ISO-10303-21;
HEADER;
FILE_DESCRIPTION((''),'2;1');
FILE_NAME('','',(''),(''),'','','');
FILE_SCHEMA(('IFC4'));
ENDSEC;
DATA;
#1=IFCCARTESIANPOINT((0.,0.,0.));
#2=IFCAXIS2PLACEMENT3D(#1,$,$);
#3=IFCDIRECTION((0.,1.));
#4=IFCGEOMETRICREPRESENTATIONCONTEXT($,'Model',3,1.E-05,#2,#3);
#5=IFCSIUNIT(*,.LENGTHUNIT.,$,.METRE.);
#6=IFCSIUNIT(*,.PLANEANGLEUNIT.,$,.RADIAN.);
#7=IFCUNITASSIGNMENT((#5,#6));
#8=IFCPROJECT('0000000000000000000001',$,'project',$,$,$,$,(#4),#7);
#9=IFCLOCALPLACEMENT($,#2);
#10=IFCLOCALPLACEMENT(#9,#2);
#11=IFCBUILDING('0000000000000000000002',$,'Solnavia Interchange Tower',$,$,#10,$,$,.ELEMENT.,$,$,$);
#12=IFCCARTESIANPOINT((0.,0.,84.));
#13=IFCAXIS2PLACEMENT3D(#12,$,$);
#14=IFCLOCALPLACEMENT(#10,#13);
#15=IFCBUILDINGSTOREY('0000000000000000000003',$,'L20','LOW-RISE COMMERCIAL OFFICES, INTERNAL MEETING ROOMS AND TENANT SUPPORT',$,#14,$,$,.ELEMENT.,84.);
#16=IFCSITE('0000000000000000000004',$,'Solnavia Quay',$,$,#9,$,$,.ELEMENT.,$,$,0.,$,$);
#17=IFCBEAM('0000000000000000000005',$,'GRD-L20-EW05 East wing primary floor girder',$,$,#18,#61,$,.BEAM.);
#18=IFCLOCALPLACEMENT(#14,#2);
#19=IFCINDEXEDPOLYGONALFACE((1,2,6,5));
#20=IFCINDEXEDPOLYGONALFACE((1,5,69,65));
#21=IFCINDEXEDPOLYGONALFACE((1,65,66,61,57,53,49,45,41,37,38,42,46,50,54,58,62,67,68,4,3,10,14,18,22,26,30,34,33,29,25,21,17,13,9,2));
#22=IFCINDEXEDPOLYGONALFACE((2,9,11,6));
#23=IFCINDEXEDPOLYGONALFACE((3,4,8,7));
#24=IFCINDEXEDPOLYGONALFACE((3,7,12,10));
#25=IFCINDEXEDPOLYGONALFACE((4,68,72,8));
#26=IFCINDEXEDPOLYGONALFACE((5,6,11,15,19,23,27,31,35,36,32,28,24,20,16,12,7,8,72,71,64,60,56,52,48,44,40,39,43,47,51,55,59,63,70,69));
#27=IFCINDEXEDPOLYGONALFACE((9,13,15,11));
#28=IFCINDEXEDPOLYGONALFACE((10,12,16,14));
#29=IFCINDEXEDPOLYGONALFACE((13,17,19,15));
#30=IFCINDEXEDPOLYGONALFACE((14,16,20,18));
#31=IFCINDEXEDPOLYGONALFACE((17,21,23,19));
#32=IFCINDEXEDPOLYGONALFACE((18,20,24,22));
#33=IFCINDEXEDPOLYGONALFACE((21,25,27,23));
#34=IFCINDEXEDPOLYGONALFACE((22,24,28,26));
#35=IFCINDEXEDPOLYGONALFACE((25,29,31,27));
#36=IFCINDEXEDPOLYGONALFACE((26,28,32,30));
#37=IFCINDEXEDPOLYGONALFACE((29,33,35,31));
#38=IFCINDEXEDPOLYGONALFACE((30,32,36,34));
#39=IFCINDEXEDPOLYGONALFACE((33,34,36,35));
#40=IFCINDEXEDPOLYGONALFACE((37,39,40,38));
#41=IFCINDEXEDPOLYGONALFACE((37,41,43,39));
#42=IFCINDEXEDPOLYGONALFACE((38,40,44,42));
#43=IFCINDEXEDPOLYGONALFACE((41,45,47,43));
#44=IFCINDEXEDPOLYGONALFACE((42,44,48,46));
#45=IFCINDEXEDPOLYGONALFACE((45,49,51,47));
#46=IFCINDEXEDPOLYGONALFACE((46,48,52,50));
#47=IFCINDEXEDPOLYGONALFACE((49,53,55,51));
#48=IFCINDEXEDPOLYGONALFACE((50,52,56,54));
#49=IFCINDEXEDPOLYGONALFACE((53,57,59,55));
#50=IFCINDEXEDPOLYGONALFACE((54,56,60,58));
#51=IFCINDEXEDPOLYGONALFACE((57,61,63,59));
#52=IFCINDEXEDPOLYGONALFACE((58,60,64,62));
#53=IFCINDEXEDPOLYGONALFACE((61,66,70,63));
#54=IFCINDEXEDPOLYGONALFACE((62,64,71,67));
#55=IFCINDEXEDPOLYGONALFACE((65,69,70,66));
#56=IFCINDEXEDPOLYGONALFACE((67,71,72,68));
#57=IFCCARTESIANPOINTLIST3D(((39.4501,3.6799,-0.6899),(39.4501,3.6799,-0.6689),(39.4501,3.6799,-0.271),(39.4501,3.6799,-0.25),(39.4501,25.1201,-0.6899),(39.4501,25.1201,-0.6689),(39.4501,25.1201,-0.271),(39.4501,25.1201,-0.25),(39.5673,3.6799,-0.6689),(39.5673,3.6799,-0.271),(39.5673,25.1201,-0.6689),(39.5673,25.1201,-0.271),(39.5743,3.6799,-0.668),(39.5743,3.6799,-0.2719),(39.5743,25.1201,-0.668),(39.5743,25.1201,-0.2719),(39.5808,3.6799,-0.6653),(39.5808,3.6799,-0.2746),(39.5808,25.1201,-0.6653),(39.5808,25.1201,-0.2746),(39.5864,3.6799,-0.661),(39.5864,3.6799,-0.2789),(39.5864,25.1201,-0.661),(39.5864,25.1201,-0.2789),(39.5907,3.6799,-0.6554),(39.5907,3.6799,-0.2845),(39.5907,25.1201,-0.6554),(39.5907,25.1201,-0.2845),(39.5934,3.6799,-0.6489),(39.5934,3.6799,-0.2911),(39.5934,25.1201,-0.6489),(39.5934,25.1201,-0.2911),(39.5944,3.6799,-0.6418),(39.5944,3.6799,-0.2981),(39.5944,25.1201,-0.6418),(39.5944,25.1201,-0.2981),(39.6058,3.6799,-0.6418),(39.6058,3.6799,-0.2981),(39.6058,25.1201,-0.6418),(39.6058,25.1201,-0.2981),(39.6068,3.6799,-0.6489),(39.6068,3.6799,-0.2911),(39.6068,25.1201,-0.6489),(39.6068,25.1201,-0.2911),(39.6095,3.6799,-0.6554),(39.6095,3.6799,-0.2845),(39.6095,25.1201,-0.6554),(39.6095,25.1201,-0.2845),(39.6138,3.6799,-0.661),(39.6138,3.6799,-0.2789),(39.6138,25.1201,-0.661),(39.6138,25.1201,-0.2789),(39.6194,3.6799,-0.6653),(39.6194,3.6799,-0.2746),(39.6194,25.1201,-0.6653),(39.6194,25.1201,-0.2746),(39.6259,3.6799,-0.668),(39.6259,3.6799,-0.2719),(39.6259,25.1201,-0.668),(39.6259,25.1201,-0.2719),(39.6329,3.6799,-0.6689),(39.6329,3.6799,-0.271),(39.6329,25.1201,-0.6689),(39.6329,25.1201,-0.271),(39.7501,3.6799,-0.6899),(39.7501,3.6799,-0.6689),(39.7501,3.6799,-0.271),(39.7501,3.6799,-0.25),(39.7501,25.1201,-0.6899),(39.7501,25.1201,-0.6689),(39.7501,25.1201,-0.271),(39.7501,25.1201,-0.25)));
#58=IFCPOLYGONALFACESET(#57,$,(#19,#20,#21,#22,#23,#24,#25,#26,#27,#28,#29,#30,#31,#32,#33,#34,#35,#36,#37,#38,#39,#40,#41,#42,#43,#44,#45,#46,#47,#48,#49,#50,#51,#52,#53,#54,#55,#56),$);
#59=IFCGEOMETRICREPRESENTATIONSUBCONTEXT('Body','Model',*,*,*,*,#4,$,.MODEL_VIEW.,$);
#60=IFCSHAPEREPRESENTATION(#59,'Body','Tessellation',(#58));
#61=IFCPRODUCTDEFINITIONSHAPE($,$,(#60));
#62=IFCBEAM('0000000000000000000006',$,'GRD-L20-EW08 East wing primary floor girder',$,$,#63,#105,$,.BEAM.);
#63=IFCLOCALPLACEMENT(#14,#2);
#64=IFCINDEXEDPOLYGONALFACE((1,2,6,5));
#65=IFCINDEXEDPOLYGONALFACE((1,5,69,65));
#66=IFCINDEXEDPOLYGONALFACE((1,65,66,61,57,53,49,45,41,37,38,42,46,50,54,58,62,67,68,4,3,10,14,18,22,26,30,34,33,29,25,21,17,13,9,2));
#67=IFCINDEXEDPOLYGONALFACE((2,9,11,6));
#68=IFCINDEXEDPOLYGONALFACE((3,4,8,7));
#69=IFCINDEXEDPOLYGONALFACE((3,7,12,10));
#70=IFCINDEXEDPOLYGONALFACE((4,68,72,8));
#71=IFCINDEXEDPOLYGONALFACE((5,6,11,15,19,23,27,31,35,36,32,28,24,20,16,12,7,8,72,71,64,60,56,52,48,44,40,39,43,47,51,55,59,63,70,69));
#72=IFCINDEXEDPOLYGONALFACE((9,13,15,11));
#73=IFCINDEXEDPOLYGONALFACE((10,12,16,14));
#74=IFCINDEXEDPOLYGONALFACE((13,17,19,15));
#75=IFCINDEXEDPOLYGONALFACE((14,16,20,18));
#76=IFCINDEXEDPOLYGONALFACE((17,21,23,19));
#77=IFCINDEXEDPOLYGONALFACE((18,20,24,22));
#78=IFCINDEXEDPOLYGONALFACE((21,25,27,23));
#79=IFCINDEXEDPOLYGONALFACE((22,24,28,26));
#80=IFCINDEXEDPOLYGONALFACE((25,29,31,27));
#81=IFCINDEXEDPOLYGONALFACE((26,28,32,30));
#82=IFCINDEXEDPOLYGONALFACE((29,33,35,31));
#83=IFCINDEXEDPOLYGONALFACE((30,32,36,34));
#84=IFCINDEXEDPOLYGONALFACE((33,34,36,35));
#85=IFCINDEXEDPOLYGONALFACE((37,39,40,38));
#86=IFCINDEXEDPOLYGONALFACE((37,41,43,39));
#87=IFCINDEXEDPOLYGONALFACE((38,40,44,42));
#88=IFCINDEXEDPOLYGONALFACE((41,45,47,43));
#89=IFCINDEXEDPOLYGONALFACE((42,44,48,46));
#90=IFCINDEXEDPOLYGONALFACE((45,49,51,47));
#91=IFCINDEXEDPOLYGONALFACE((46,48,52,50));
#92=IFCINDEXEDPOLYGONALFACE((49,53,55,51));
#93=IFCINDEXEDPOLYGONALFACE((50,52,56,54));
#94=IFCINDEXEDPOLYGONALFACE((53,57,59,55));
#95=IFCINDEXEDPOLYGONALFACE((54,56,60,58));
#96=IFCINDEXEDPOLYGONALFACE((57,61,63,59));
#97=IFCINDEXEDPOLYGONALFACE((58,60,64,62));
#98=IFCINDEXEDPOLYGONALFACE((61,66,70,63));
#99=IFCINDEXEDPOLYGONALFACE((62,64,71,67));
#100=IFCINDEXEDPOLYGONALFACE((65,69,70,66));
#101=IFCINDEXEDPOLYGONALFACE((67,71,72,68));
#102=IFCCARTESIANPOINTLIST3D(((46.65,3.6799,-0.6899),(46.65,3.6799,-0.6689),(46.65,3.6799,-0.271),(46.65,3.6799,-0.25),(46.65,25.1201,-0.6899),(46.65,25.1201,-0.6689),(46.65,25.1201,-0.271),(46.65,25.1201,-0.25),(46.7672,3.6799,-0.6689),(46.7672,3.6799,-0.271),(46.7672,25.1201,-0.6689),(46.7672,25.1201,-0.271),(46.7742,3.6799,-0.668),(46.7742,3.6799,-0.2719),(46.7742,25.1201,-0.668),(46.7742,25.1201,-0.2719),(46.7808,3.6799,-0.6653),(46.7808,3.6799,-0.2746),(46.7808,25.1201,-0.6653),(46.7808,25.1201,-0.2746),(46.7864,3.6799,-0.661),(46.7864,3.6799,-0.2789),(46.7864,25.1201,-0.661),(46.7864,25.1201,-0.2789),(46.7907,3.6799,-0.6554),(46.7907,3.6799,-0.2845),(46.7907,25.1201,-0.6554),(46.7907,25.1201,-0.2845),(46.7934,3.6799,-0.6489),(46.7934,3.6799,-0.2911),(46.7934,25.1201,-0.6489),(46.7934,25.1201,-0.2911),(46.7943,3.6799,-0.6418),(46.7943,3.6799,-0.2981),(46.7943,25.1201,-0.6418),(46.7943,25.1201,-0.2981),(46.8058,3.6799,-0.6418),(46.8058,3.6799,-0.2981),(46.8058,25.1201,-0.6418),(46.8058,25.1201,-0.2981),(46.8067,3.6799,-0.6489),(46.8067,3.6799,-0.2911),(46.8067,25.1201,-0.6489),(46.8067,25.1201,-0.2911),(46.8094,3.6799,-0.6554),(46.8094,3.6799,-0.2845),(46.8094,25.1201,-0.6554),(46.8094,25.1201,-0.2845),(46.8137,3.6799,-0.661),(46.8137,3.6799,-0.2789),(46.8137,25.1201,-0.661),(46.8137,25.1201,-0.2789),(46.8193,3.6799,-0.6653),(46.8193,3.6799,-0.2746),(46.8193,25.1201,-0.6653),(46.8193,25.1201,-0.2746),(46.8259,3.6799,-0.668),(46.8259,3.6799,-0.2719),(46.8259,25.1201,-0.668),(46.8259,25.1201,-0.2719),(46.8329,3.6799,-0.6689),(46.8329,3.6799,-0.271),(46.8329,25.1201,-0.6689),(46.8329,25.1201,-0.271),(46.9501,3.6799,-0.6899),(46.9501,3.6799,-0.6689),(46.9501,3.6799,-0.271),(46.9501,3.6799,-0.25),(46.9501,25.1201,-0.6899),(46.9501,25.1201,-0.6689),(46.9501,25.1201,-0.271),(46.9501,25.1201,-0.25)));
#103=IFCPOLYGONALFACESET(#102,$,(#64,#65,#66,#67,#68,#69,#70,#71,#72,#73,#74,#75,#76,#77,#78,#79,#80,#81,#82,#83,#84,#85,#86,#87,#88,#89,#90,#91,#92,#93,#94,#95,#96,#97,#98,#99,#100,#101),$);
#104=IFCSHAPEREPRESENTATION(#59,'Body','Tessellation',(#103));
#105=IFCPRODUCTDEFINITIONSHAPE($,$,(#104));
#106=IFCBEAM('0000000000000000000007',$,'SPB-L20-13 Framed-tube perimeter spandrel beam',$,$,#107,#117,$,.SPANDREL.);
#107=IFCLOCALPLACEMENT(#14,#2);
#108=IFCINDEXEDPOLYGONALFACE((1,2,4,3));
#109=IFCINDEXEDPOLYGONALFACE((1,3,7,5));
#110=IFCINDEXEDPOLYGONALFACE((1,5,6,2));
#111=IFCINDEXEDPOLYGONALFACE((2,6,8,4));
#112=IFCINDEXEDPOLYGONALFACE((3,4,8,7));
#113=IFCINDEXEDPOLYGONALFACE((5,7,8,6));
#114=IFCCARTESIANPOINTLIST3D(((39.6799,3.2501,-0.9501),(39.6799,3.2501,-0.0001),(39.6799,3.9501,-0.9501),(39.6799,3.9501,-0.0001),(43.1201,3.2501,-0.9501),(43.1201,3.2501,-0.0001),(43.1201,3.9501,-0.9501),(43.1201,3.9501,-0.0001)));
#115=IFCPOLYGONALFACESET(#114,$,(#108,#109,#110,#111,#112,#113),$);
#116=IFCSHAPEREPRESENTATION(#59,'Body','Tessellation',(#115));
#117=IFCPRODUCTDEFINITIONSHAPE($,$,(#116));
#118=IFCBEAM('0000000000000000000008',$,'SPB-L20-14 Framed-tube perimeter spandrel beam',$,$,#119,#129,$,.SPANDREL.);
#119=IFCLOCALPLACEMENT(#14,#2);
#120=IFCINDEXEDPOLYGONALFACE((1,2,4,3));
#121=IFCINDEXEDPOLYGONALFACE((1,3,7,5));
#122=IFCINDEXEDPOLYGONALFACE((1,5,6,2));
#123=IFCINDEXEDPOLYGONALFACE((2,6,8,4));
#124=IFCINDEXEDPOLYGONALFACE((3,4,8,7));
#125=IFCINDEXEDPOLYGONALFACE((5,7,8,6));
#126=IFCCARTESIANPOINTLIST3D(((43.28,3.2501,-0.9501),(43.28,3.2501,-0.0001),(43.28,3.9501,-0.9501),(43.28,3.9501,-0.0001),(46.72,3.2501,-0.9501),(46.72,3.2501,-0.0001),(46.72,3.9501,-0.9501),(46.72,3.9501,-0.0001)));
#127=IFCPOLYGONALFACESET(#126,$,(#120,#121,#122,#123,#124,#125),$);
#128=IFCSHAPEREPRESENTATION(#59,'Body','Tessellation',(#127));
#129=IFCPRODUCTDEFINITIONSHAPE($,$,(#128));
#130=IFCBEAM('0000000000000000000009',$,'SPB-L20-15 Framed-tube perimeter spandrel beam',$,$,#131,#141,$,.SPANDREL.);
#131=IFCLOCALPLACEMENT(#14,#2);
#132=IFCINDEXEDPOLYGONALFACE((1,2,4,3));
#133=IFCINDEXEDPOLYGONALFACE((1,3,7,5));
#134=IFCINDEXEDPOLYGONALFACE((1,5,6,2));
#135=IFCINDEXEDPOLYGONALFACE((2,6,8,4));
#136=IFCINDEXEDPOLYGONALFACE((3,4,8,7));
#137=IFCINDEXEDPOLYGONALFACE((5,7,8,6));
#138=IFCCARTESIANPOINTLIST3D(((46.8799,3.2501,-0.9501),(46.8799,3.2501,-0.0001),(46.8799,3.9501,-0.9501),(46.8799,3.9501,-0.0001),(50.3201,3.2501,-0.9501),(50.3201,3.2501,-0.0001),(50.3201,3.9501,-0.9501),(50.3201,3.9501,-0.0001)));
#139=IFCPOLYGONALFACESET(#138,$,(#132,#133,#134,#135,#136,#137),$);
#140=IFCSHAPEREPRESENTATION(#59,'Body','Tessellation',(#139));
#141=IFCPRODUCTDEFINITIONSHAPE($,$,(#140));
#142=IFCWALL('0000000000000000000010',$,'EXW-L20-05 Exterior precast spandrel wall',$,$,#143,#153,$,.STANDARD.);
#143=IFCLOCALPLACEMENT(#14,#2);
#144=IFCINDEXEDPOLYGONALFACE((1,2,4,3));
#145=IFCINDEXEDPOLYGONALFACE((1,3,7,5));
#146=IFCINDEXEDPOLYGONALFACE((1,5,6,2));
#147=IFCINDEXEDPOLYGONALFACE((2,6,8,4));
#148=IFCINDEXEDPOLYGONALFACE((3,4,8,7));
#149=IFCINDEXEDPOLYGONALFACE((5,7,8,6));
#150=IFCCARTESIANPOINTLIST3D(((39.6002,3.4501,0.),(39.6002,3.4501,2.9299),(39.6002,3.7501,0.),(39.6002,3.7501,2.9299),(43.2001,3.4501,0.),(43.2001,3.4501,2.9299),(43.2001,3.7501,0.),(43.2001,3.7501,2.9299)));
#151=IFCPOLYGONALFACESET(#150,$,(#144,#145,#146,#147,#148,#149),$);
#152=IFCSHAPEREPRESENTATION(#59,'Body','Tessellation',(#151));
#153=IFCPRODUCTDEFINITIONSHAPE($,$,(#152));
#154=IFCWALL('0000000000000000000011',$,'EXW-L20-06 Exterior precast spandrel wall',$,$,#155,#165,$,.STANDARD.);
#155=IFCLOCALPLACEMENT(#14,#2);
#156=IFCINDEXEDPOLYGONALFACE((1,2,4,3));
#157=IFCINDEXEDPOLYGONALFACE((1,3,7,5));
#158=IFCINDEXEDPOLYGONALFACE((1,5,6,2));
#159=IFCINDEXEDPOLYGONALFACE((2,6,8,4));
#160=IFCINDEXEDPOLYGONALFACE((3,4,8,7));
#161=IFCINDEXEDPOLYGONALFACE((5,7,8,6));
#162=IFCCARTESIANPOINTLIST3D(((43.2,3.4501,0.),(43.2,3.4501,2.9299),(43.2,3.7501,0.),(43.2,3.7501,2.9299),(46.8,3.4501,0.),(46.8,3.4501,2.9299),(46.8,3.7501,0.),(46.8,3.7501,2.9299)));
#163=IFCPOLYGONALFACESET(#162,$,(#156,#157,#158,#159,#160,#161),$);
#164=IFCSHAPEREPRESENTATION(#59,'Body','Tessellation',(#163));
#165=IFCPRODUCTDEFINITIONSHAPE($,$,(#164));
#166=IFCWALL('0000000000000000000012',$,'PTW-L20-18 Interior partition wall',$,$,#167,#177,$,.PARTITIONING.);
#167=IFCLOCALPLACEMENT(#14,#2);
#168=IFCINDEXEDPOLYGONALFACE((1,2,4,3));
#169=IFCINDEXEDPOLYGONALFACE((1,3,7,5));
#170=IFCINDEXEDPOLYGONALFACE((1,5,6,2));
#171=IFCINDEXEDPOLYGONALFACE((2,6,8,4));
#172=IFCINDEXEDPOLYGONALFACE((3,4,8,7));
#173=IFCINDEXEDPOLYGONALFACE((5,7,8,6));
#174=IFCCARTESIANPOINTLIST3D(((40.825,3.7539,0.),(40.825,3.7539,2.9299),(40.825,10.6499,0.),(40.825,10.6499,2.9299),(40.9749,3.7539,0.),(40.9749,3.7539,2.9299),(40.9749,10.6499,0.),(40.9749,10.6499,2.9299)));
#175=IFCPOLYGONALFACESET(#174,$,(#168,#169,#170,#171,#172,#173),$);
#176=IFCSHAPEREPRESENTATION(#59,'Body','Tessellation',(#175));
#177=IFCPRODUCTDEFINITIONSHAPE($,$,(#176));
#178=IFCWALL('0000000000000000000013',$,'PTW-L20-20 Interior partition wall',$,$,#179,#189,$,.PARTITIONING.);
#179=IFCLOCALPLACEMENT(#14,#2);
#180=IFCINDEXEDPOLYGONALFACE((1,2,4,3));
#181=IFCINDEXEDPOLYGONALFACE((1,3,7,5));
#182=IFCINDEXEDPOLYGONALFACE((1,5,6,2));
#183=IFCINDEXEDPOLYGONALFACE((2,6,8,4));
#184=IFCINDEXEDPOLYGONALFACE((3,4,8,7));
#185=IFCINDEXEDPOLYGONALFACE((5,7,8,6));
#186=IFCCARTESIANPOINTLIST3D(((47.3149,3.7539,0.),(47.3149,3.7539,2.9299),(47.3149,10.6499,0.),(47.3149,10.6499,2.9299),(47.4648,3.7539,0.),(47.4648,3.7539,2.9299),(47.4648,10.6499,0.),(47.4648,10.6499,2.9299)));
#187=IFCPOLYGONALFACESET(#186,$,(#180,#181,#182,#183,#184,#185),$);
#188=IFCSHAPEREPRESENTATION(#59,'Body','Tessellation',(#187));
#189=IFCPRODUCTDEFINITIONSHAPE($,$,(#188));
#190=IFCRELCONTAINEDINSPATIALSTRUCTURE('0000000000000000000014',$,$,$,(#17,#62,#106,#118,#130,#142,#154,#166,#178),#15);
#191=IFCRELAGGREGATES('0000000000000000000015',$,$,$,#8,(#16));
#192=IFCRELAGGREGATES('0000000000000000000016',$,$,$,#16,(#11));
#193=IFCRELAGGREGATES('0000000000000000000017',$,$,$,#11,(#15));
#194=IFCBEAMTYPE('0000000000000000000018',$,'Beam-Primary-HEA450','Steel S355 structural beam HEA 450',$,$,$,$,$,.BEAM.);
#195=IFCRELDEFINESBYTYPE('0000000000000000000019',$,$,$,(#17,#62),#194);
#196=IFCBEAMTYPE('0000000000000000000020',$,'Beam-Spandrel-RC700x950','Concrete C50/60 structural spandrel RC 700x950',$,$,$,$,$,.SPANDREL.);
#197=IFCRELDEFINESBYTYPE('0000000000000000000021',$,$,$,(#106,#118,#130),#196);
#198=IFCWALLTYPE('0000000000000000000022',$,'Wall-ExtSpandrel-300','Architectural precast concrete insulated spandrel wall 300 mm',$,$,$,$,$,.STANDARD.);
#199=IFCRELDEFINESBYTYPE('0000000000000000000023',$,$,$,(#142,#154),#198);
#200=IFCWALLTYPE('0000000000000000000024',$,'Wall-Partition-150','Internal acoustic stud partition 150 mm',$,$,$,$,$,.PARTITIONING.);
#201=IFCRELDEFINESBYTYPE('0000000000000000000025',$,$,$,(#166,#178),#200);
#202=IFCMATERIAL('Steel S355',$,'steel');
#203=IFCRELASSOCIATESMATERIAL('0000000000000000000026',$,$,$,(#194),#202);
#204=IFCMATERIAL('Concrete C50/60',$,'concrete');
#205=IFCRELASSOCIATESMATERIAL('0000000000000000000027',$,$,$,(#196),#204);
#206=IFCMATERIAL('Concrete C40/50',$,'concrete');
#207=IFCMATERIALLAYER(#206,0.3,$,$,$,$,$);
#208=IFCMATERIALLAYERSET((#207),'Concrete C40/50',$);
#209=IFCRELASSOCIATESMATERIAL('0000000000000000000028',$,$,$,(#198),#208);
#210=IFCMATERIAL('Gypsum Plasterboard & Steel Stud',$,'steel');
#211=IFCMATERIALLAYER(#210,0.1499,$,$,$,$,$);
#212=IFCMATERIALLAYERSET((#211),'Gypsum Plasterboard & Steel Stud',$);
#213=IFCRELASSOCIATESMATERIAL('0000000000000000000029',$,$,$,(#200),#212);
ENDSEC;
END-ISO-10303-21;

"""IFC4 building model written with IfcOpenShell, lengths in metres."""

from ifc_helpers import new_model, si_unit, direction, frame, frame_2d, origin, origin_2d, place, context, subcontext, project, spatial, rectangle, i_section, extrude, material, layer, layer_set, material_profile, profile_set, type_object, element, save


model = new_model("IFC4")

# Units and contexts
model_context = context("Model", 3, precision=1e-05, world=origin(), true_north=direction((0.0, 1.0)))
body_context = subcontext(model_context, "Body", "Model", "MODEL_VIEW")
ifc_project = project(units=[si_unit("LENGTHUNIT", "METRE"), si_unit("PLANEANGLEUNIT", "RADIAN")], contexts=[model_context])

# Site, building, storey
site_placement = place(None, origin())
site = spatial("IfcSite", under=ifc_project, at=site_placement, Name="Solnavia Quay", CompositionType="ELEMENT", RefElevation=0.0)
building_placement = place(site_placement, origin())
building = spatial("IfcBuilding", under=site, at=building_placement, Name="Solnavia Interchange Tower", CompositionType="ELEMENT")
storey_placement = place(building_placement, frame((0.0, 0.0, 84.0)))
storey = spatial("IfcBuildingStorey", under=building, at=storey_placement, Name="L20", Description="LOW-RISE COMMERCIAL OFFICES, INTERNAL MEETING ROOMS AND TENANT SUPPORT", CompositionType="ELEMENT", Elevation=84.0)

# Shared definitions
ifc_material_1 = material(Name="Concrete C50/60", Category="concrete")

# Beams
ifc_material_2 = material(Name="Steel S355", Category="steel")
ifc_material_profile_1 = material_profile(ifc_material_2, i_section(OverallWidth=0.3, OverallDepth=0.4399, WebThickness=0.0115, FlangeThickness=0.021, FilletRadius=0.0271, at=origin_2d()), Name="HEA 450")
ifc_profile_set_1 = profile_set([ifc_material_profile_1], Name="Steel S355")
beam_type_1 = type_object("IfcBeamType", Name="Beam-Primary-HEA450", Description="Steel S355 structural beam HEA 450", PredefinedType="BEAM", material=ifc_profile_set_1)
for number, where, z_axis, x_axis, name in (
    (1, (39.6001, 3.6799, -0.47), (0.0, 1.0, 0.0), (-1.0, 0.0, 0.0), "GRD-L20-EW05 East wing primary floor girder"),
    (2, (46.8, 3.6799, -0.47), (0.0, 1.0, 0.0), (-1.0, 0.0, 0.0), "GRD-L20-EW08 East wing primary floor girder"),
):
    element("IfcBeam", number, at=place(storey_placement, frame(where, z_axis=z_axis, x_axis=x_axis)), inside=storey, type_object=beam_type_1, Name=name, PredefinedType="BEAM", context=body_context, shape_type="SweptSolid", body=[
        extrude(i_section(OverallWidth=0.3, OverallDepth=0.4399, WebThickness=0.0115, FlangeThickness=0.021, FilletRadius=0.0271, at=origin_2d()), origin(), (0.0, 0.0, 1.0), 21.4402),
    ])
ifc_material_profile_2 = material_profile(ifc_material_1, rectangle(XDim=0.7, YDim=0.95, at=origin_2d()), Name="RC 700x950")
ifc_profile_set_2 = profile_set([ifc_material_profile_2], Name="Concrete C50/60")
beam_type_2 = type_object("IfcBeamType", Name="Beam-Spandrel-RC700x950", Description="Concrete C50/60 structural spandrel RC 700x950", PredefinedType="SPANDREL", material=ifc_profile_set_2)
beam_1_placement = place(storey_placement, frame((39.6799, 3.6001, -0.4751), z_axis=(1.0, 0.0, 0.0), x_axis=(0.0, 1.0, 0.0)))
element("IfcBeam", 3, at=beam_1_placement, inside=storey, type_object=beam_type_2, Name="SPB-L20-13 Framed-tube perimeter spandrel beam", PredefinedType="SPANDREL", context=body_context, shape_type="SweptSolid", body=[
    extrude(rectangle(XDim=0.7, YDim=0.95, at=origin_2d()), origin(), (0.0, 0.0, 1.0), 3.4402),
])
beam_2_placement = place(storey_placement, frame((43.28, 3.6001, -0.4751), z_axis=(1.0, 0.0, 0.0), x_axis=(0.0, 1.0, 0.0)))
element("IfcBeam", 4, at=beam_2_placement, inside=storey, type_object=beam_type_2, Name="SPB-L20-14 Framed-tube perimeter spandrel beam", PredefinedType="SPANDREL", context=body_context, shape_type="SweptSolid", body=[
    extrude(rectangle(XDim=0.7, YDim=0.95, at=origin_2d()), origin(), (0.0, 0.0, 1.0), 3.4399),
])
beam_3_placement = place(storey_placement, frame((46.8799, 3.6001, -0.4751), z_axis=(1.0, 0.0, 0.0), x_axis=(0.0, 1.0, 0.0)))
element("IfcBeam", 5, at=beam_3_placement, inside=storey, type_object=beam_type_2, Name="SPB-L20-15 Framed-tube perimeter spandrel beam", PredefinedType="SPANDREL", context=body_context, shape_type="SweptSolid", body=[
    extrude(rectangle(XDim=0.7, YDim=0.95, at=origin_2d()), origin(), (0.0, 0.0, 1.0), 3.4402),
])

# Walls
ifc_material_3 = material(Name="Concrete C40/50", Category="concrete")
ifc_layer_1 = layer(ifc_material_3, 0.3)
ifc_layer_set_1 = layer_set([ifc_layer_1], Name="Concrete C40/50")
wall_type_1 = type_object("IfcWallType", Name="Wall-ExtSpandrel-300", Description="Architectural precast concrete insulated spandrel wall 300 mm", PredefinedType="STANDARD", material=ifc_layer_set_1)
wall_1_placement = place(storey_placement, frame((43.2, 3.6001, 0.0), z_axis=(0.0, 0.0, 1.0), x_axis=(-1.0, 0.0, 0.0)))
element("IfcWall", 6, at=wall_1_placement, inside=storey, type_object=wall_type_1, Name="EXW-L20-05 Exterior precast spandrel wall", PredefinedType="STANDARD", context=body_context, shape_type="SweptSolid", body=[
    extrude(rectangle(XDim=3.5999, YDim=0.3, at=frame_2d((1.7998, 0.0))), origin(), (0.0, 0.0, 1.0), 2.9299),
])
wall_2_placement = place(storey_placement, frame((46.8, 3.6001, 0.0), z_axis=(0.0, 0.0, 1.0), x_axis=(-1.0, 0.0, 0.0)))
element("IfcWall", 7, at=wall_2_placement, inside=storey, type_object=wall_type_1, Name="EXW-L20-06 Exterior precast spandrel wall", PredefinedType="STANDARD", context=body_context, shape_type="SweptSolid", body=[
    extrude(rectangle(XDim=3.6001, YDim=0.3, at=frame_2d((1.8, 0.0))), origin(), (0.0, 0.0, 1.0), 2.9299),
])
ifc_material_4 = material(Name="Gypsum Plasterboard & Steel Stud", Category="steel")
ifc_layer_2 = layer(ifc_material_4, 0.1499)
ifc_layer_set_2 = layer_set([ifc_layer_2], Name="Gypsum Plasterboard & Steel Stud")
wall_type_2 = type_object("IfcWallType", Name="Wall-Partition-150", Description="Internal acoustic stud partition 150 mm", PredefinedType="PARTITIONING", material=ifc_layer_set_2)
for number, where, z_axis, x_axis, name in (
    (8, (40.8999, 3.7539, 0.0), (0.0, 0.0, 1.0), (0.0, 1.0, 0.0), "PTW-L20-18 Interior partition wall"),
    (9, (47.3899, 3.7539, 0.0), (0.0, 0.0, 1.0), (0.0, 1.0, 0.0), "PTW-L20-20 Interior partition wall"),
):
    element("IfcWall", number, at=place(storey_placement, frame(where, z_axis=z_axis, x_axis=x_axis)), inside=storey, type_object=wall_type_2, Name=name, PredefinedType="PARTITIONING", context=body_context, shape_type="SweptSolid", body=[
        extrude(rectangle(XDim=6.896, YDim=0.1499, at=frame_2d((3.448, 0.0))), origin(), (0.0, 0.0, 1.0), 2.9299),
    ])

save(model, "model.ifc")
